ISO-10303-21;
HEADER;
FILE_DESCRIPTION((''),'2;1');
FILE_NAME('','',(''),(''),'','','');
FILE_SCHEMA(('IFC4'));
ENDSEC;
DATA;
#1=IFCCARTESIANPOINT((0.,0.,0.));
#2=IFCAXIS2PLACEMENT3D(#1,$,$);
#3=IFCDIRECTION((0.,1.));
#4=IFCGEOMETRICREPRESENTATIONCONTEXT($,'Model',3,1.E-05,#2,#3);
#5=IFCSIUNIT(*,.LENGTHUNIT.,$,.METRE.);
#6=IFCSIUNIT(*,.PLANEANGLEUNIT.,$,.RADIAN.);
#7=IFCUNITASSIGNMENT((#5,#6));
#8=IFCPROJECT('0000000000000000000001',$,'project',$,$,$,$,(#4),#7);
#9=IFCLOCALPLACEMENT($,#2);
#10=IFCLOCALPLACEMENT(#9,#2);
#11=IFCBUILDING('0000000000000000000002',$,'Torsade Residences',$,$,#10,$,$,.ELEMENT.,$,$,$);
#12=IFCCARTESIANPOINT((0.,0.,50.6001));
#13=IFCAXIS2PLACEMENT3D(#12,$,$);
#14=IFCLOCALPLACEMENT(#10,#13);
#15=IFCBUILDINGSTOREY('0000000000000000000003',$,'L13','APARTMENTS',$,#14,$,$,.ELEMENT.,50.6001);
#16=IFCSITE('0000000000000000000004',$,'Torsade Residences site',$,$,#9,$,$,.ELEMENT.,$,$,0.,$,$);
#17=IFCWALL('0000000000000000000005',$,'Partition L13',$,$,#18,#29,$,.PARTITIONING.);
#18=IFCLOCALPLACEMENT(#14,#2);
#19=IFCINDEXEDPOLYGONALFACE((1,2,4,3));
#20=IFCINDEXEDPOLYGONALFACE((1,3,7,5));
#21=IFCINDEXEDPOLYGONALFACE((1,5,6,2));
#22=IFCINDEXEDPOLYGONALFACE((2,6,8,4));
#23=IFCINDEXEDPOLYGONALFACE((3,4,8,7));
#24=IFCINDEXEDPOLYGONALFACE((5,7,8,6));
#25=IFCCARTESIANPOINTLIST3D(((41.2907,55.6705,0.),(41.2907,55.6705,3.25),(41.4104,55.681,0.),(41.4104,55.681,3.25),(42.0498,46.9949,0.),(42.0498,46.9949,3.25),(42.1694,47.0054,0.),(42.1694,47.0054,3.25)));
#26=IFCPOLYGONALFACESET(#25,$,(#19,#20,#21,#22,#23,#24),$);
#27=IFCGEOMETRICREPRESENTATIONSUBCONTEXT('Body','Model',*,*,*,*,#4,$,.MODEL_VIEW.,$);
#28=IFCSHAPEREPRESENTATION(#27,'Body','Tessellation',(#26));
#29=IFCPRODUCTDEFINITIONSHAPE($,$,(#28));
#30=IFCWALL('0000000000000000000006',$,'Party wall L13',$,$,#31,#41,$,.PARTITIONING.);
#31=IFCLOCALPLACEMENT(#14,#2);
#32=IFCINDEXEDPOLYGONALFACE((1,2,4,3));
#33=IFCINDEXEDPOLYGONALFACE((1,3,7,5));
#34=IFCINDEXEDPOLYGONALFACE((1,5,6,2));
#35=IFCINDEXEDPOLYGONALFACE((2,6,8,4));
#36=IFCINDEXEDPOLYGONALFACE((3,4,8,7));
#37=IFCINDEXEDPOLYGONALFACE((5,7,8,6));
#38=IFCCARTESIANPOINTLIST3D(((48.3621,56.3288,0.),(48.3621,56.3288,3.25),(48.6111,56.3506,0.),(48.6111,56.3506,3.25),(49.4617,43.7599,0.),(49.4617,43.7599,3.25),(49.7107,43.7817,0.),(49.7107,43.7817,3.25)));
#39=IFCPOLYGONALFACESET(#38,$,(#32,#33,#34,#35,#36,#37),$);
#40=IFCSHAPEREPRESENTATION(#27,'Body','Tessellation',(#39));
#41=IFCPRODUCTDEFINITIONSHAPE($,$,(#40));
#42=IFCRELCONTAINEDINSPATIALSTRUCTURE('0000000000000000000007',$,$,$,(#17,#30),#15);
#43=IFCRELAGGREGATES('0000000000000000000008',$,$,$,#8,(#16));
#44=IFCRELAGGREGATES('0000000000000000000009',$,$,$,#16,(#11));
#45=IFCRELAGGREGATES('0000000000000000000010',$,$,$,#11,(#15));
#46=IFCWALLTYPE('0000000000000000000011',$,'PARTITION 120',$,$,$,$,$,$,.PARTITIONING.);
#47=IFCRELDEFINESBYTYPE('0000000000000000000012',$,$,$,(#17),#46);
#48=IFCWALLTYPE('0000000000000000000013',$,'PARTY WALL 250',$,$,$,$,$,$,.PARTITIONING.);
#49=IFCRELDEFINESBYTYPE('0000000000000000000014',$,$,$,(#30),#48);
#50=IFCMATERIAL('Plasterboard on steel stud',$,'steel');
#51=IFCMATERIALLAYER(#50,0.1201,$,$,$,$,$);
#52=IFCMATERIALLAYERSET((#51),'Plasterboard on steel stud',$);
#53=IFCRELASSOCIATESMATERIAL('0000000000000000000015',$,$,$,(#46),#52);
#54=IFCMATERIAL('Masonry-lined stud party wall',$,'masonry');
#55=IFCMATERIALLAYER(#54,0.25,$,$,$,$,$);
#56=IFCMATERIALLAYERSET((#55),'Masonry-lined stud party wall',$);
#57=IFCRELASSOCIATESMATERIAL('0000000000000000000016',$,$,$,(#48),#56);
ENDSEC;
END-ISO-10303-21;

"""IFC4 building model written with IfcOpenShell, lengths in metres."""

from ifc_helpers import new_model, si_unit, direction, frame, frame_2d, origin, place, context, subcontext, project, spatial, rectangle, extrude, material, layer, layer_set, type_object, element, save


model = new_model("IFC4")

# Units and contexts
model_context = context("Model", 3, precision=1e-05, world=origin(), true_north=direction((0.0, 1.0)))
body_context = subcontext(model_context, "Body", "Model", "MODEL_VIEW")
ifc_project = project(units=[si_unit("LENGTHUNIT", "METRE"), si_unit("PLANEANGLEUNIT", "RADIAN")], contexts=[model_context])

# Site, building, storey
site_placement = place(None, origin())
site = spatial("IfcSite", under=ifc_project, at=site_placement, Name="Torsade Residences site", CompositionType="ELEMENT", RefElevation=0.0)
building_placement = place(site_placement, origin())
building = spatial("IfcBuilding", under=site, at=building_placement, Name="Torsade Residences", CompositionType="ELEMENT")
storey_placement = place(building_placement, frame((0.0, 0.0, 50.6001)))
storey = spatial("IfcBuildingStorey", under=building, at=storey_placement, Name="L13", Description="APARTMENTS", CompositionType="ELEMENT", Elevation=50.6001)

# Shared definitions
ifc_material_1 = material(Name="Plasterboard on steel stud", Category="steel")
ifc_layer_1 = layer(ifc_material_1, 0.1201)
ifc_layer_set_1 = layer_set([ifc_layer_1], Name="Plasterboard on steel stud")
wall_type_1 = type_object("IfcWallType", Name="PARTITION 120", PredefinedType="PARTITIONING", material=ifc_layer_set_1)

# Walls
wall_1_placement = place(storey_placement, frame((42.1096, 47.0, 0.0), z_axis=(0.0, 0.0, 1.0), x_axis=(-0.087158, 0.996194, 0.0)))
element("IfcWall", 1, at=wall_1_placement, inside=storey, type_object=wall_type_1, Name="Partition L13", PredefinedType="PARTITIONING", context=body_context, shape_type="SweptSolid", body=[
    extrude(rectangle(XDim=8.7087, YDim=0.1201, at=frame_2d((4.3545, 0.0))), origin(), (0.0, 0.0, 1.0), 3.25),
])
ifc_material_2 = material(Name="Masonry-lined stud party wall", Category="masonry")
ifc_layer_2 = layer(ifc_material_2, 0.25)
ifc_layer_set_2 = layer_set([ifc_layer_2], Name="Masonry-lined stud party wall")
wall_type_2 = type_object("IfcWallType", Name="PARTY WALL 250", PredefinedType="PARTITIONING", material=ifc_layer_set_2)
wall_2_placement = place(storey_placement, frame((48.4866, 56.3398, 0.0), z_axis=(0.0, 0.0, 1.0), x_axis=(0.087154, -0.996195, 0.0)))
element("IfcWall", 2, at=wall_2_placement, inside=storey, type_object=wall_type_2, Name="Party wall L13", PredefinedType="PARTITIONING", context=body_context, shape_type="SweptSolid", body=[
    extrude(rectangle(XDim=12.6169, YDim=0.25, at=frame_2d((6.3086, 0.0))), origin(), (0.0, 0.0, 1.0), 3.25),
])

save(model, "model.ifc")
